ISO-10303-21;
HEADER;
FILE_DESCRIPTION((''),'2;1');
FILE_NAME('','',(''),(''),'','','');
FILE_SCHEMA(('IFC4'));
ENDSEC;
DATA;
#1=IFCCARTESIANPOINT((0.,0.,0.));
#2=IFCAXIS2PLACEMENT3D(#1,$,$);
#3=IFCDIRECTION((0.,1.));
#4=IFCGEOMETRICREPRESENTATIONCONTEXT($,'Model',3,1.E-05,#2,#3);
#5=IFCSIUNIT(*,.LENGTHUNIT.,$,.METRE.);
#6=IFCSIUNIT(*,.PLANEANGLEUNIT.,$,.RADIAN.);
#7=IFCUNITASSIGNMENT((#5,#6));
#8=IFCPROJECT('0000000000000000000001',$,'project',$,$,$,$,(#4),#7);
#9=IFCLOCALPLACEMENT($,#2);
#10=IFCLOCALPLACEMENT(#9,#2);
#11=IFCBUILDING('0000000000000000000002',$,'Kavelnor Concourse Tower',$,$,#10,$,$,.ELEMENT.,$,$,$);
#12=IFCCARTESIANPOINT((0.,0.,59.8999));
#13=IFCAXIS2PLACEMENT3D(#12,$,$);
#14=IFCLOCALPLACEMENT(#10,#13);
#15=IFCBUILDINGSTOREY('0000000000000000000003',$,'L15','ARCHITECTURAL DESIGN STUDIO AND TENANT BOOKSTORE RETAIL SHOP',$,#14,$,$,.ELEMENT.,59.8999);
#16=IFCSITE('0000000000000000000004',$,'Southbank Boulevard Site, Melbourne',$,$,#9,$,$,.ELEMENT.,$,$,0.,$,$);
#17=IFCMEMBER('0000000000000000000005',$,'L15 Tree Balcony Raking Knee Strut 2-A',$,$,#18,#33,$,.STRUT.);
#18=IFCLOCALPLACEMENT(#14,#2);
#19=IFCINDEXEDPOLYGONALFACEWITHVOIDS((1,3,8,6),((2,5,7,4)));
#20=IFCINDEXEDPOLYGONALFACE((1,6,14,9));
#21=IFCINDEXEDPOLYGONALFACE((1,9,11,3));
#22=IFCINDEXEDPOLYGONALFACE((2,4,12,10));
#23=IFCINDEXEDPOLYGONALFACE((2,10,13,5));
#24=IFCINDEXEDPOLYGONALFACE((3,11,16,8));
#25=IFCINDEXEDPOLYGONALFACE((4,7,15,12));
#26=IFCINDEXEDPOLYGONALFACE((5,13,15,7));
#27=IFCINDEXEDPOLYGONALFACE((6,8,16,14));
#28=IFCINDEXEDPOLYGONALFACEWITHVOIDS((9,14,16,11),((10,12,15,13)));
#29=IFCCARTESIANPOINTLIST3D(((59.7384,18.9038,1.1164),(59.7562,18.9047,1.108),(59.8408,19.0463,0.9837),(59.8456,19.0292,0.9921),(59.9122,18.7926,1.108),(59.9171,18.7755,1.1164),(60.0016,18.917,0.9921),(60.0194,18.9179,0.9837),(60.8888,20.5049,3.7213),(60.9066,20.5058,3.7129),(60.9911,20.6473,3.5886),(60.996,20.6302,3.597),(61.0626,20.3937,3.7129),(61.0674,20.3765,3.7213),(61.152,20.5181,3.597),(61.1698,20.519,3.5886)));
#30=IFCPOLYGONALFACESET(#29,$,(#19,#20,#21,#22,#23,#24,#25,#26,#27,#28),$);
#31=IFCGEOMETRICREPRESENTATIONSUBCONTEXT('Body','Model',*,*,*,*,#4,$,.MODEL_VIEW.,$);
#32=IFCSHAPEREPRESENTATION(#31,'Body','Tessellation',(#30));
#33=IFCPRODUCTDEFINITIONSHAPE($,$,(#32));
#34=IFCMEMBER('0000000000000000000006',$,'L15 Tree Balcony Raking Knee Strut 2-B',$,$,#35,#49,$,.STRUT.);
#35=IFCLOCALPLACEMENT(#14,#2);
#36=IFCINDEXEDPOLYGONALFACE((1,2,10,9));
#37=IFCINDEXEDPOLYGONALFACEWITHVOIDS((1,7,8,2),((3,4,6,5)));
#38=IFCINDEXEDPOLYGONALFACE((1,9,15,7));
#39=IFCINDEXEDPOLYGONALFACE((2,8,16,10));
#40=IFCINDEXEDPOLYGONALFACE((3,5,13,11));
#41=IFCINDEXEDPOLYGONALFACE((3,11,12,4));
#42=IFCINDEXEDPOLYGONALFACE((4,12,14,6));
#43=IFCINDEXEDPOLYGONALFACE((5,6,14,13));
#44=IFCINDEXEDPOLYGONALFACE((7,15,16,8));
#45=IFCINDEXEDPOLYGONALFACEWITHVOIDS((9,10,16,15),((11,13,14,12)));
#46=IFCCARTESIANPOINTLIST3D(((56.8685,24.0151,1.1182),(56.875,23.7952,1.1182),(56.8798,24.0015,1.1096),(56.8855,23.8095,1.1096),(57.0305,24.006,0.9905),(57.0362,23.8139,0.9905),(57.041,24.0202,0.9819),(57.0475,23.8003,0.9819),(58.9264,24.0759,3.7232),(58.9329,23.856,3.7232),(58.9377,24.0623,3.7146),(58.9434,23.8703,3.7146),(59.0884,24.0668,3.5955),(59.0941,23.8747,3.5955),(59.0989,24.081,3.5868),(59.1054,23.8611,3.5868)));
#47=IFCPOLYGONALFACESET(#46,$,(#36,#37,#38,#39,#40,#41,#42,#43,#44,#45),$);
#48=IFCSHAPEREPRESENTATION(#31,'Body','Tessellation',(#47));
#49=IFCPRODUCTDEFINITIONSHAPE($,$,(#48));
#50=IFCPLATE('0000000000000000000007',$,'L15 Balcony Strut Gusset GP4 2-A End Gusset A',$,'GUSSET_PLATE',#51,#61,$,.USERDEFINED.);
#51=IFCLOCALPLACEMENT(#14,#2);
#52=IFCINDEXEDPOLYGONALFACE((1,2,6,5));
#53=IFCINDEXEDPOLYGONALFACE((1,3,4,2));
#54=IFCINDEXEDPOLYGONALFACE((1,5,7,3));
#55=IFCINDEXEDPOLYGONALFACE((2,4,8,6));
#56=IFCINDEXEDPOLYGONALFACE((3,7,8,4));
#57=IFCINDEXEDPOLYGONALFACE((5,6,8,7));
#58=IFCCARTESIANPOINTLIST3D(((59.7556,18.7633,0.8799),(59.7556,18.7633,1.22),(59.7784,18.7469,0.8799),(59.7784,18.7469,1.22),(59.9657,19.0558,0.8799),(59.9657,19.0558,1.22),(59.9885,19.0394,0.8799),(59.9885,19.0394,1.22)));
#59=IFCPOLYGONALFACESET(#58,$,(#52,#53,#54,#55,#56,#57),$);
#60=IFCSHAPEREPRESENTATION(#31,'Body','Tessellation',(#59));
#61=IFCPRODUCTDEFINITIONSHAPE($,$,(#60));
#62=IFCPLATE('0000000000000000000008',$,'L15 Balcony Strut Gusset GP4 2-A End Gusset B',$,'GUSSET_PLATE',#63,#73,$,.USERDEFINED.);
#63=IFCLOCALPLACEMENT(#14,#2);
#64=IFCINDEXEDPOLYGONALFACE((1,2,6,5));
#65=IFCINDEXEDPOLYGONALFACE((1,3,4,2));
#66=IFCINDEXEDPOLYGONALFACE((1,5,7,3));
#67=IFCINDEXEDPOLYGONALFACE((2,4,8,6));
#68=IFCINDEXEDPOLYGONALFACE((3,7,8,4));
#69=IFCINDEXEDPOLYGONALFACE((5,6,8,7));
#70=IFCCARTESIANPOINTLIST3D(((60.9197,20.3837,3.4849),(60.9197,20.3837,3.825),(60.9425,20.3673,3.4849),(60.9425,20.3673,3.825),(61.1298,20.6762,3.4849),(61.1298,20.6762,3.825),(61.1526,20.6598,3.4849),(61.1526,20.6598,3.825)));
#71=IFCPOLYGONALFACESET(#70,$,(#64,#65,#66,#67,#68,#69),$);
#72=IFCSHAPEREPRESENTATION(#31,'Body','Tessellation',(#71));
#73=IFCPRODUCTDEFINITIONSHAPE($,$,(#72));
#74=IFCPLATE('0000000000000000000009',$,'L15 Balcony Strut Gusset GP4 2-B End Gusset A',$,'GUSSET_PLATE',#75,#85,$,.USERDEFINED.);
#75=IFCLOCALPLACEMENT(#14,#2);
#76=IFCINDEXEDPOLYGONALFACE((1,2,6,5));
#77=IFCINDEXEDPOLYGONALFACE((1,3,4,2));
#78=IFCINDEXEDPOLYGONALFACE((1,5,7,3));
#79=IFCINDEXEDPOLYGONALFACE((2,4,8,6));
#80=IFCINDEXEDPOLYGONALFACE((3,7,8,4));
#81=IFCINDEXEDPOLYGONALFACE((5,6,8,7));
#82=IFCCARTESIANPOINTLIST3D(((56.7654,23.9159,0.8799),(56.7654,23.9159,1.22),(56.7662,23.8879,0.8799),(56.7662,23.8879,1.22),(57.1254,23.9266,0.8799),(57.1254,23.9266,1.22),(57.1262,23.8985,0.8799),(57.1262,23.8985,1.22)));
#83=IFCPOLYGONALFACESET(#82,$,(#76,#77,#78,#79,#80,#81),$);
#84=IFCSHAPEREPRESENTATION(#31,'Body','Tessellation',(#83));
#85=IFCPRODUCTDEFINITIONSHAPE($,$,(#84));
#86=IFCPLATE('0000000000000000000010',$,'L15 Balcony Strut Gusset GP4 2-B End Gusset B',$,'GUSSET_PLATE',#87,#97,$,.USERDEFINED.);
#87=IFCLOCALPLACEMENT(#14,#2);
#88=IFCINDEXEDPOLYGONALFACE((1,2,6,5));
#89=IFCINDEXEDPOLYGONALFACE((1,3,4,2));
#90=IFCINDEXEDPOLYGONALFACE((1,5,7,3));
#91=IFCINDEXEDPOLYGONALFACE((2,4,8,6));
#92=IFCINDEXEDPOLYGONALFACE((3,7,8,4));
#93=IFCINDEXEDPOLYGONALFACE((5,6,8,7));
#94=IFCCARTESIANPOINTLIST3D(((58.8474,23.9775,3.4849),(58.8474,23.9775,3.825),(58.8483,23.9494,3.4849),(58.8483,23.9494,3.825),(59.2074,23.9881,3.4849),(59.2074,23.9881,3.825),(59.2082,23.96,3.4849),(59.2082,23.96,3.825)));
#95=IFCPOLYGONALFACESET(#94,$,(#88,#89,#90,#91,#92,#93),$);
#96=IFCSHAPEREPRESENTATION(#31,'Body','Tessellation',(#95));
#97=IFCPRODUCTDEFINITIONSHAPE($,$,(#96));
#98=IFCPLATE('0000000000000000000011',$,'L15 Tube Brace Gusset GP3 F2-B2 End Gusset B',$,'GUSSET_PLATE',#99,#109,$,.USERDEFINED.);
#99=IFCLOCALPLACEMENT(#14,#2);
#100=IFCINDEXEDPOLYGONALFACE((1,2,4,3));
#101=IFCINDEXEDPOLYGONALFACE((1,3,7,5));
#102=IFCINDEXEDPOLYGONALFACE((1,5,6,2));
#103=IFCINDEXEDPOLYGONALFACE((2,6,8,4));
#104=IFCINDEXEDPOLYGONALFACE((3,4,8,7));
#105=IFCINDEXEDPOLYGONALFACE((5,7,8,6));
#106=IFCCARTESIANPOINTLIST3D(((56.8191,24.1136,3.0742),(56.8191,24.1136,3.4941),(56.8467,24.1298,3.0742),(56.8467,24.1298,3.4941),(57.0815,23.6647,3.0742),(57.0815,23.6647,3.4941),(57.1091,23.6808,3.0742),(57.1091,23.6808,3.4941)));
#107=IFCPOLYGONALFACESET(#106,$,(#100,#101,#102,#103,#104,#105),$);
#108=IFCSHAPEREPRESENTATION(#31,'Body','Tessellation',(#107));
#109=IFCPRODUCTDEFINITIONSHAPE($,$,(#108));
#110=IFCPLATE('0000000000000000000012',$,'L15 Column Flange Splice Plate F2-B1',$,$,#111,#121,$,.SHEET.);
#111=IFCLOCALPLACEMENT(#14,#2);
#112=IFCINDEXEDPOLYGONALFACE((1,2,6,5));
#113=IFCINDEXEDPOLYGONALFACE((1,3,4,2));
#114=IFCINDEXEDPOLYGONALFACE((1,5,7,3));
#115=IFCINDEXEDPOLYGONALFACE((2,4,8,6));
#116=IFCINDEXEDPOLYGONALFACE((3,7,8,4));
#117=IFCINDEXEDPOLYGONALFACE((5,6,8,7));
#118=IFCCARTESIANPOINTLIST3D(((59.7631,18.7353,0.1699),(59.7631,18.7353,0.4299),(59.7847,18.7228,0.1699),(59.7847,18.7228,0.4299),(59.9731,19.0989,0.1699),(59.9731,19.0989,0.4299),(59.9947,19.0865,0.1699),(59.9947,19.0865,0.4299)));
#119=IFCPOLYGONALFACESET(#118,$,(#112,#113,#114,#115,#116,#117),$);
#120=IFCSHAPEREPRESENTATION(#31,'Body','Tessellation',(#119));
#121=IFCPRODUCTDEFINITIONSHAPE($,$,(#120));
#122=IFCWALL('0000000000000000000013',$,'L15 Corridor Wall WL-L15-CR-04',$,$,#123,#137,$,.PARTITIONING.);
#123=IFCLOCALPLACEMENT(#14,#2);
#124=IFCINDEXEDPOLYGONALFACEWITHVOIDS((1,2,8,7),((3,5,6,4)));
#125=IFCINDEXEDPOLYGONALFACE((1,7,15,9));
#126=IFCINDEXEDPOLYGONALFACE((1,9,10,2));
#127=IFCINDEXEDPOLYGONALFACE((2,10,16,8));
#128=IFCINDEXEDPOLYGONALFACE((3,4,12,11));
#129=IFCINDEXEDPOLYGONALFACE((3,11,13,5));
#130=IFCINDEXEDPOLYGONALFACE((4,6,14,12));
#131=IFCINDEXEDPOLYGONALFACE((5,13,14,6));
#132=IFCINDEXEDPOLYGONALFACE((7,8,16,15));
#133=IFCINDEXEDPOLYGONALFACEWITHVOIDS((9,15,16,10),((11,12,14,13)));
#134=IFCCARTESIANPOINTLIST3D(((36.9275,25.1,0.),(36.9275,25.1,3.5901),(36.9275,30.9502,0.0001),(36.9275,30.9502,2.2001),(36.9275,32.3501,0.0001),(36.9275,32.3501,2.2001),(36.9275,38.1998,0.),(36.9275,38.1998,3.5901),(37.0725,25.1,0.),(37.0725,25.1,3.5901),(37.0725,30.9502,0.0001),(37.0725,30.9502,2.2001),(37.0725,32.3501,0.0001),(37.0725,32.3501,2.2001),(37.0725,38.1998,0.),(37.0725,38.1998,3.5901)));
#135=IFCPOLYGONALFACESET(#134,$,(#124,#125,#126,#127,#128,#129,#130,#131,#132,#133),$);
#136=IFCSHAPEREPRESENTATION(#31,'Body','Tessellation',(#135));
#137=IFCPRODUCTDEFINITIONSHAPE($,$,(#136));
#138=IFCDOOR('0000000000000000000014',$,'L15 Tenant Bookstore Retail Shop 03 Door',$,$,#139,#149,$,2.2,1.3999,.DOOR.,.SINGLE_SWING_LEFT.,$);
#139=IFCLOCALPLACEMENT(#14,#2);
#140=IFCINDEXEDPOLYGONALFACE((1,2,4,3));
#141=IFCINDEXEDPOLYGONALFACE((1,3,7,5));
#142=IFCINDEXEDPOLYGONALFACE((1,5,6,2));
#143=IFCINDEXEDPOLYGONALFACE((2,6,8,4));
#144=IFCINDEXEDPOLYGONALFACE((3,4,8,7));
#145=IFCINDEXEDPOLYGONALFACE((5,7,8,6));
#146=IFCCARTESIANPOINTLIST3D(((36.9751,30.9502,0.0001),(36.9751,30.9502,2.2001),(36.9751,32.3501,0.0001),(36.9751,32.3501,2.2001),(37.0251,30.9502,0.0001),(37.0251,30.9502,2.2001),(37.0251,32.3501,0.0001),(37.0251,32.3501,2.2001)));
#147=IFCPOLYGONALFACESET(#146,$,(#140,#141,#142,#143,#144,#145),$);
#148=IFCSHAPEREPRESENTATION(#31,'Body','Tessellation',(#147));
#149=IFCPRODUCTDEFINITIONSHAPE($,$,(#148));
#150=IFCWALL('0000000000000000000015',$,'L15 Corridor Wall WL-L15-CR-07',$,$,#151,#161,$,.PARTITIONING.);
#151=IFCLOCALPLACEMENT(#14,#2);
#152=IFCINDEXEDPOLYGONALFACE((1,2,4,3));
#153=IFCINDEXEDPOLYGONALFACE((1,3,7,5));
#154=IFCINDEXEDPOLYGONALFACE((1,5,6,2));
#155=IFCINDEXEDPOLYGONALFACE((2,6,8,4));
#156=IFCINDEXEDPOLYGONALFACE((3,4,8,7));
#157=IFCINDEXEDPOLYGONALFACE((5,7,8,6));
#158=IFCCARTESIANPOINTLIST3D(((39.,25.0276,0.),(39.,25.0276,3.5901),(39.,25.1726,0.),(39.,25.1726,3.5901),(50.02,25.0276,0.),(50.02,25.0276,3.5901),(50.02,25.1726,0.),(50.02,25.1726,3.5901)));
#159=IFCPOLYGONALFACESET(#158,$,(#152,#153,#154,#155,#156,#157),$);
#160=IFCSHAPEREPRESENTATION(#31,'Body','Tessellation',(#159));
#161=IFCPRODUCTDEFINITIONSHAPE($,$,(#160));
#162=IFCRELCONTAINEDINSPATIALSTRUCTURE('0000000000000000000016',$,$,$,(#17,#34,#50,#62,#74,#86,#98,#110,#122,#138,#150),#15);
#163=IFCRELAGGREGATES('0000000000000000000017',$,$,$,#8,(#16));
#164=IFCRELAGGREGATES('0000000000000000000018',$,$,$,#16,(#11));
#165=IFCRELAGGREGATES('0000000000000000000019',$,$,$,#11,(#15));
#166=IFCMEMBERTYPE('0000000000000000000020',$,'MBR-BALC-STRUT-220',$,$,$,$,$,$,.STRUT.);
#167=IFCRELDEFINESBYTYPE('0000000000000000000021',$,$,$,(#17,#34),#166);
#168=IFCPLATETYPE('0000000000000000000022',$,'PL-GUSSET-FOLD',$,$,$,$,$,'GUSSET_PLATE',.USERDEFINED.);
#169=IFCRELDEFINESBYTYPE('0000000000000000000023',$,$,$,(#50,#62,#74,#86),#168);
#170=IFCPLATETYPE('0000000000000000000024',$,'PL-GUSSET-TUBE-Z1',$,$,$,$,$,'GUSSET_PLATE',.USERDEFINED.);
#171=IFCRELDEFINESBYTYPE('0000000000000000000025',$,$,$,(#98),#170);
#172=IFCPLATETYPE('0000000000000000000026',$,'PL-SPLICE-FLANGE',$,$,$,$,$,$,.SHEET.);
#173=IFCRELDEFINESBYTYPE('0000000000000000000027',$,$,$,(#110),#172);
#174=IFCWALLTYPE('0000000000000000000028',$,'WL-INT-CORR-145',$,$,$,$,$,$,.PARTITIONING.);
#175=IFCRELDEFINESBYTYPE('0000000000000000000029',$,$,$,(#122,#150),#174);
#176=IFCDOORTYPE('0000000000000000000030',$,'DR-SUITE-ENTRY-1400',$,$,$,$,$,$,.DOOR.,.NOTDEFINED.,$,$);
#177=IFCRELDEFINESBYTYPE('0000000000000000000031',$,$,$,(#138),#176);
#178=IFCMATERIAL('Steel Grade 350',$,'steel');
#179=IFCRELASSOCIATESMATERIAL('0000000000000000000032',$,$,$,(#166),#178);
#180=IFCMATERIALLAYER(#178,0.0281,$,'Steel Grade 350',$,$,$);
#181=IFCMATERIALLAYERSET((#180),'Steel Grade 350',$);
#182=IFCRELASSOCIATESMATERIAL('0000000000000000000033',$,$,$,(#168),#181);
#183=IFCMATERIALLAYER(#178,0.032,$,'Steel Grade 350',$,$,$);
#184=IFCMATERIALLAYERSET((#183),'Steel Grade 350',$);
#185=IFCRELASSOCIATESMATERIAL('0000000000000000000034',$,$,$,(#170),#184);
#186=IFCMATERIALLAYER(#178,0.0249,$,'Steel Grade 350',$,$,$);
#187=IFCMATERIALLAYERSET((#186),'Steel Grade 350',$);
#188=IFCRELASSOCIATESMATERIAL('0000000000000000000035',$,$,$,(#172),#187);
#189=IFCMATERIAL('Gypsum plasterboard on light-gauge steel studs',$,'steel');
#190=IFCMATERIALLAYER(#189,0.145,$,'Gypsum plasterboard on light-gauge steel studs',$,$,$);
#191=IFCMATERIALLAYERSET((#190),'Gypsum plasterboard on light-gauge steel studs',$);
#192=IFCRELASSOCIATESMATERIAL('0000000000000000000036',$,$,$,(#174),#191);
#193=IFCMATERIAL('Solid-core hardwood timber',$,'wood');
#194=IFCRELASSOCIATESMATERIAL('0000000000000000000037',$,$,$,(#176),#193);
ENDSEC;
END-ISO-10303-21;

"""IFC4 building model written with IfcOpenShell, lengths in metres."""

from ifc_helpers import new_model, si_unit, direction, frame, frame_2d, origin, origin_2d, place, context, subcontext, project, spatial, rectangle, hollow_rectangle, extrude, material, layer, layer_set, material_profile, profile_set, type_object, element, fill, save


model = new_model("IFC4")

# Units and contexts
model_context = context("Model", 3, precision=1e-05, world=origin(), true_north=direction((0.0, 1.0)))
body_context = subcontext(model_context, "Body", "Model", "MODEL_VIEW")
ifc_project = project(units=[si_unit("LENGTHUNIT", "METRE"), si_unit("PLANEANGLEUNIT", "RADIAN")], contexts=[model_context])

# Site, building, storey
site_placement = place(None, origin())
site = spatial("IfcSite", under=ifc_project, at=site_placement, Name="Southbank Boulevard Site, Melbourne", CompositionType="ELEMENT", RefElevation=0.0)
building_placement = place(site_placement, origin())
building = spatial("IfcBuilding", under=site, at=building_placement, Name="Kavelnor Concourse Tower", CompositionType="ELEMENT")
storey_placement = place(building_placement, frame((0.0, 0.0, 59.8999)))
storey = spatial("IfcBuildingStorey", under=building, at=storey_placement, Name="L15", Description="ARCHITECTURAL DESIGN STUDIO AND TENANT BOOKSTORE RETAIL SHOP", CompositionType="ELEMENT", Elevation=59.8999)

# Shared definitions
ifc_material_1 = material(Name="Steel Grade 350", Category="steel")

# Members
ifc_material_profile_1 = material_profile(ifc_material_1, hollow_rectangle(XDim=0.22, YDim=0.22, WallThickness=0.0139, at=origin_2d()), Name="SHS 220x220x14")
ifc_profile_set_1 = profile_set([ifc_material_profile_1], Name="Steel Grade 350")
member_type = type_object("IfcMemberType", Name="MBR-BALC-STRUT-220", PredefinedType="STRUT", material=ifc_profile_set_1)
member_1_placement = place(storey_placement, frame((59.8789, 18.9109, 1.05), z_axis=(0.352133, 0.490087, 0.797381), x_axis=(-0.812107, 0.583508, 0.0)))
element("IfcMember", 1, at=member_1_placement, inside=storey, type_object=member_type, Name="L15 Tree Balcony Raking Knee Strut 2-A", PredefinedType="STRUT", context=body_context, shape_type="SweptSolid", body=[
    extrude(hollow_rectangle(XDim=0.22, YDim=0.22, WallThickness=0.0139, at=origin_2d()), origin(), (0.0, 0.0, 1.0), 3.2668),
])
member_2_placement = place(storey_placement, frame((56.958, 23.9077, 1.05), z_axis=(0.619781, 0.018309, 0.784561), x_axis=(-0.029528, 0.999564, 0.0)))
element("IfcMember", 2, at=member_2_placement, inside=storey, type_object=member_type, Name="L15 Tree Balcony Raking Knee Strut 2-B", PredefinedType="STRUT", context=body_context, shape_type="SweptSolid", body=[
    extrude(hollow_rectangle(XDim=0.22, YDim=0.22, WallThickness=0.0139, at=origin_2d()), origin(), (0.0, 0.0, 1.0), 3.3203),
])

# Plates
ifc_layer_1 = layer(ifc_material_1, 0.0281, Name="Steel Grade 350")
ifc_layer_set_1 = layer_set([ifc_layer_1], Name="Steel Grade 350")
plate_type_1 = type_object("IfcPlateType", Name="PL-GUSSET-FOLD", ElementType="GUSSET_PLATE", PredefinedType="USERDEFINED", material=ifc_layer_set_1)
for number, where, z_axis, x_axis, name in (
    (3, (59.8721, 18.9014, 0.8799), (0.0, 0.0, 1.0), (0.583399, 0.812185, 0.0), "L15 Balcony Strut Gusset GP4 2-A End Gusset A"),
    (4, (61.0361, 20.5217, 3.4849), (0.0, 0.0, 1.0), (0.583399, 0.812185, 0.0), "L15 Balcony Strut Gusset GP4 2-A End Gusset B"),
    (5, (56.9458, 23.9072, 0.8799), (0.0, 0.0, 1.0), (0.999565, 0.029492, 0.0), "L15 Balcony Strut Gusset GP4 2-B End Gusset A"),
    (6, (59.0278, 23.9688, 3.4849), (0.0, 0.0, 1.0), (0.999565, 0.029492, 0.0), "L15 Balcony Strut Gusset GP4 2-B End Gusset B"),
):
    element("IfcPlate", number, at=place(storey_placement, frame(where, z_axis=z_axis, x_axis=x_axis)), inside=storey, type_object=plate_type_1, Name=name, ObjectType="GUSSET_PLATE", PredefinedType="USERDEFINED", context=body_context, shape_type="SweptSolid", body=[
        extrude(rectangle(XDim=0.3601, YDim=0.0281, at=origin_2d()), origin(), (0.0, 0.0, 1.0), 0.3401),
    ])
ifc_layer_2 = layer(ifc_material_1, 0.032, Name="Steel Grade 350")
ifc_layer_set_2 = layer_set([ifc_layer_2], Name="Steel Grade 350")
plate_type_2 = type_object("IfcPlateType", Name="PL-GUSSET-TUBE-Z1", ElementType="GUSSET_PLATE", PredefinedType="USERDEFINED", material=ifc_layer_set_2)
plate_1_placement = place(storey_placement, frame((56.9641, 23.8972, 3.0742), z_axis=(0.0, 0.0, 1.0), x_axis=(0.504678, -0.863307, 0.0)))
element("IfcPlate", 7, at=plate_1_placement, inside=storey, type_object=plate_type_2, Name="L15 Tube Brace Gusset GP3 F2-B2 End Gusset B", ObjectType="GUSSET_PLATE", PredefinedType="USERDEFINED", context=body_context, shape_type="SweptSolid", body=[
    extrude(rectangle(XDim=0.52, YDim=0.032, at=origin_2d()), origin(), (0.0, 0.0, 1.0), 0.4199),
])
ifc_layer_3 = layer(ifc_material_1, 0.0249, Name="Steel Grade 350")
ifc_layer_set_3 = layer_set([ifc_layer_3], Name="Steel Grade 350")
plate_type_3 = type_object("IfcPlateType", Name="PL-SPLICE-FLANGE", PredefinedType="SHEET", material=ifc_layer_set_3)
plate_2_placement = place(storey_placement, frame((59.8789, 18.9109, 0.1699), z_axis=(0.0, 0.0, 1.0), x_axis=(-0.5, -0.866025, 0.0)))
element("IfcPlate", 8, at=plate_2_placement, inside=storey, type_object=plate_type_3, Name="L15 Column Flange Splice Plate F2-B1", PredefinedType="SHEET", context=body_context, shape_type="SweptSolid", body=[
    extrude(rectangle(XDim=0.4199, YDim=0.0249, at=origin_2d()), origin(), (0.0, 0.0, 1.0), 0.26),
])

# Wall, opening, door
ifc_material_2 = material(Name="Gypsum plasterboard on light-gauge steel studs", Category="steel")
ifc_layer_4 = layer(ifc_material_2, 0.145, Name="Gypsum plasterboard on light-gauge steel studs")
ifc_layer_set_4 = layer_set([ifc_layer_4], Name="Gypsum plasterboard on light-gauge steel studs")
wall_type_1 = type_object("IfcWallType", Name="WL-INT-CORR-145", PredefinedType="PARTITIONING", material=ifc_layer_set_4)
wall_1_placement = place(storey_placement, frame((37.0, 25.1001, 0.0), z_axis=(0.0, 0.0, 1.0), x_axis=(0.0, 1.0, 0.0)))
wall_1 = element("IfcWall", 9, at=wall_1_placement, inside=storey, type_object=wall_type_1, Name="L15 Corridor Wall WL-L15-CR-04", PredefinedType="PARTITIONING", context=body_context, shape_type="SweptSolid", body=[
    extrude(rectangle(XDim=13.0999, YDim=0.145, at=frame_2d((6.5498, 0.0))), origin(), (0.0, 0.0, 1.0), 3.5901),
])
opening_1_placement = place(wall_1_placement, frame((5.8501, 0.0, 0.0)))
opening_1 = element("IfcOpeningElement", 10, at=opening_1_placement, cuts=wall_1, PredefinedType="OPENING", context=body_context, shape_type="SweptSolid", body=[
    extrude(rectangle(XDim=1.3999, YDim=2.2, at=frame_2d((0.7, 1.1001))), frame((0.0, 0.0825, 0.0), z_axis=(0.0, -1.0, 0.0), x_axis=(1.0, 0.0, 0.0)), (0.0, 0.0, 1.0), 0.165),
])
ifc_material_3 = material(Name="Solid-core hardwood timber", Category="wood")
door_type_1 = type_object("IfcDoorType", Name="DR-SUITE-ENTRY-1400", OperationType="NOTDEFINED", PredefinedType="DOOR", material=ifc_material_3)
door_1_placement = place(opening_1_placement, origin())
door_1 = element("IfcDoor", 11, at=door_1_placement, inside=storey, type_object=door_type_1, Name="L15 Tenant Bookstore Retail Shop 03 Door", OperationType="SINGLE_SWING_LEFT", OverallHeight=2.2, OverallWidth=1.3999, PredefinedType="DOOR", context=body_context, shape_type="SweptSolid", body=[
    extrude(rectangle(XDim=1.3999, YDim=2.2, at=frame_2d((0.7, 1.1001))), frame((0.0, 0.0249, 0.0), z_axis=(0.0, -1.0, 0.0), x_axis=(1.0, 0.0, 0.0)), (0.0, 0.0, 1.0), 0.05),
])
fill(opening_1, door_1)

# Wall
wall_2_placement = place(storey_placement, frame((39.0, 25.1001, 0.0), z_axis=(0.0, 0.0, 1.0), x_axis=(1.0, 0.0, 0.0)))
element("IfcWall", 12, at=wall_2_placement, inside=storey, type_object=wall_type_1, Name="L15 Corridor Wall WL-L15-CR-07", PredefinedType="PARTITIONING", context=body_context, shape_type="SweptSolid", body=[
    extrude(rectangle(XDim=11.02, YDim=0.145, at=frame_2d((5.51, 0.0))), origin(), (0.0, 0.0, 1.0), 3.5901),
])

save(model, "model.ifc")
